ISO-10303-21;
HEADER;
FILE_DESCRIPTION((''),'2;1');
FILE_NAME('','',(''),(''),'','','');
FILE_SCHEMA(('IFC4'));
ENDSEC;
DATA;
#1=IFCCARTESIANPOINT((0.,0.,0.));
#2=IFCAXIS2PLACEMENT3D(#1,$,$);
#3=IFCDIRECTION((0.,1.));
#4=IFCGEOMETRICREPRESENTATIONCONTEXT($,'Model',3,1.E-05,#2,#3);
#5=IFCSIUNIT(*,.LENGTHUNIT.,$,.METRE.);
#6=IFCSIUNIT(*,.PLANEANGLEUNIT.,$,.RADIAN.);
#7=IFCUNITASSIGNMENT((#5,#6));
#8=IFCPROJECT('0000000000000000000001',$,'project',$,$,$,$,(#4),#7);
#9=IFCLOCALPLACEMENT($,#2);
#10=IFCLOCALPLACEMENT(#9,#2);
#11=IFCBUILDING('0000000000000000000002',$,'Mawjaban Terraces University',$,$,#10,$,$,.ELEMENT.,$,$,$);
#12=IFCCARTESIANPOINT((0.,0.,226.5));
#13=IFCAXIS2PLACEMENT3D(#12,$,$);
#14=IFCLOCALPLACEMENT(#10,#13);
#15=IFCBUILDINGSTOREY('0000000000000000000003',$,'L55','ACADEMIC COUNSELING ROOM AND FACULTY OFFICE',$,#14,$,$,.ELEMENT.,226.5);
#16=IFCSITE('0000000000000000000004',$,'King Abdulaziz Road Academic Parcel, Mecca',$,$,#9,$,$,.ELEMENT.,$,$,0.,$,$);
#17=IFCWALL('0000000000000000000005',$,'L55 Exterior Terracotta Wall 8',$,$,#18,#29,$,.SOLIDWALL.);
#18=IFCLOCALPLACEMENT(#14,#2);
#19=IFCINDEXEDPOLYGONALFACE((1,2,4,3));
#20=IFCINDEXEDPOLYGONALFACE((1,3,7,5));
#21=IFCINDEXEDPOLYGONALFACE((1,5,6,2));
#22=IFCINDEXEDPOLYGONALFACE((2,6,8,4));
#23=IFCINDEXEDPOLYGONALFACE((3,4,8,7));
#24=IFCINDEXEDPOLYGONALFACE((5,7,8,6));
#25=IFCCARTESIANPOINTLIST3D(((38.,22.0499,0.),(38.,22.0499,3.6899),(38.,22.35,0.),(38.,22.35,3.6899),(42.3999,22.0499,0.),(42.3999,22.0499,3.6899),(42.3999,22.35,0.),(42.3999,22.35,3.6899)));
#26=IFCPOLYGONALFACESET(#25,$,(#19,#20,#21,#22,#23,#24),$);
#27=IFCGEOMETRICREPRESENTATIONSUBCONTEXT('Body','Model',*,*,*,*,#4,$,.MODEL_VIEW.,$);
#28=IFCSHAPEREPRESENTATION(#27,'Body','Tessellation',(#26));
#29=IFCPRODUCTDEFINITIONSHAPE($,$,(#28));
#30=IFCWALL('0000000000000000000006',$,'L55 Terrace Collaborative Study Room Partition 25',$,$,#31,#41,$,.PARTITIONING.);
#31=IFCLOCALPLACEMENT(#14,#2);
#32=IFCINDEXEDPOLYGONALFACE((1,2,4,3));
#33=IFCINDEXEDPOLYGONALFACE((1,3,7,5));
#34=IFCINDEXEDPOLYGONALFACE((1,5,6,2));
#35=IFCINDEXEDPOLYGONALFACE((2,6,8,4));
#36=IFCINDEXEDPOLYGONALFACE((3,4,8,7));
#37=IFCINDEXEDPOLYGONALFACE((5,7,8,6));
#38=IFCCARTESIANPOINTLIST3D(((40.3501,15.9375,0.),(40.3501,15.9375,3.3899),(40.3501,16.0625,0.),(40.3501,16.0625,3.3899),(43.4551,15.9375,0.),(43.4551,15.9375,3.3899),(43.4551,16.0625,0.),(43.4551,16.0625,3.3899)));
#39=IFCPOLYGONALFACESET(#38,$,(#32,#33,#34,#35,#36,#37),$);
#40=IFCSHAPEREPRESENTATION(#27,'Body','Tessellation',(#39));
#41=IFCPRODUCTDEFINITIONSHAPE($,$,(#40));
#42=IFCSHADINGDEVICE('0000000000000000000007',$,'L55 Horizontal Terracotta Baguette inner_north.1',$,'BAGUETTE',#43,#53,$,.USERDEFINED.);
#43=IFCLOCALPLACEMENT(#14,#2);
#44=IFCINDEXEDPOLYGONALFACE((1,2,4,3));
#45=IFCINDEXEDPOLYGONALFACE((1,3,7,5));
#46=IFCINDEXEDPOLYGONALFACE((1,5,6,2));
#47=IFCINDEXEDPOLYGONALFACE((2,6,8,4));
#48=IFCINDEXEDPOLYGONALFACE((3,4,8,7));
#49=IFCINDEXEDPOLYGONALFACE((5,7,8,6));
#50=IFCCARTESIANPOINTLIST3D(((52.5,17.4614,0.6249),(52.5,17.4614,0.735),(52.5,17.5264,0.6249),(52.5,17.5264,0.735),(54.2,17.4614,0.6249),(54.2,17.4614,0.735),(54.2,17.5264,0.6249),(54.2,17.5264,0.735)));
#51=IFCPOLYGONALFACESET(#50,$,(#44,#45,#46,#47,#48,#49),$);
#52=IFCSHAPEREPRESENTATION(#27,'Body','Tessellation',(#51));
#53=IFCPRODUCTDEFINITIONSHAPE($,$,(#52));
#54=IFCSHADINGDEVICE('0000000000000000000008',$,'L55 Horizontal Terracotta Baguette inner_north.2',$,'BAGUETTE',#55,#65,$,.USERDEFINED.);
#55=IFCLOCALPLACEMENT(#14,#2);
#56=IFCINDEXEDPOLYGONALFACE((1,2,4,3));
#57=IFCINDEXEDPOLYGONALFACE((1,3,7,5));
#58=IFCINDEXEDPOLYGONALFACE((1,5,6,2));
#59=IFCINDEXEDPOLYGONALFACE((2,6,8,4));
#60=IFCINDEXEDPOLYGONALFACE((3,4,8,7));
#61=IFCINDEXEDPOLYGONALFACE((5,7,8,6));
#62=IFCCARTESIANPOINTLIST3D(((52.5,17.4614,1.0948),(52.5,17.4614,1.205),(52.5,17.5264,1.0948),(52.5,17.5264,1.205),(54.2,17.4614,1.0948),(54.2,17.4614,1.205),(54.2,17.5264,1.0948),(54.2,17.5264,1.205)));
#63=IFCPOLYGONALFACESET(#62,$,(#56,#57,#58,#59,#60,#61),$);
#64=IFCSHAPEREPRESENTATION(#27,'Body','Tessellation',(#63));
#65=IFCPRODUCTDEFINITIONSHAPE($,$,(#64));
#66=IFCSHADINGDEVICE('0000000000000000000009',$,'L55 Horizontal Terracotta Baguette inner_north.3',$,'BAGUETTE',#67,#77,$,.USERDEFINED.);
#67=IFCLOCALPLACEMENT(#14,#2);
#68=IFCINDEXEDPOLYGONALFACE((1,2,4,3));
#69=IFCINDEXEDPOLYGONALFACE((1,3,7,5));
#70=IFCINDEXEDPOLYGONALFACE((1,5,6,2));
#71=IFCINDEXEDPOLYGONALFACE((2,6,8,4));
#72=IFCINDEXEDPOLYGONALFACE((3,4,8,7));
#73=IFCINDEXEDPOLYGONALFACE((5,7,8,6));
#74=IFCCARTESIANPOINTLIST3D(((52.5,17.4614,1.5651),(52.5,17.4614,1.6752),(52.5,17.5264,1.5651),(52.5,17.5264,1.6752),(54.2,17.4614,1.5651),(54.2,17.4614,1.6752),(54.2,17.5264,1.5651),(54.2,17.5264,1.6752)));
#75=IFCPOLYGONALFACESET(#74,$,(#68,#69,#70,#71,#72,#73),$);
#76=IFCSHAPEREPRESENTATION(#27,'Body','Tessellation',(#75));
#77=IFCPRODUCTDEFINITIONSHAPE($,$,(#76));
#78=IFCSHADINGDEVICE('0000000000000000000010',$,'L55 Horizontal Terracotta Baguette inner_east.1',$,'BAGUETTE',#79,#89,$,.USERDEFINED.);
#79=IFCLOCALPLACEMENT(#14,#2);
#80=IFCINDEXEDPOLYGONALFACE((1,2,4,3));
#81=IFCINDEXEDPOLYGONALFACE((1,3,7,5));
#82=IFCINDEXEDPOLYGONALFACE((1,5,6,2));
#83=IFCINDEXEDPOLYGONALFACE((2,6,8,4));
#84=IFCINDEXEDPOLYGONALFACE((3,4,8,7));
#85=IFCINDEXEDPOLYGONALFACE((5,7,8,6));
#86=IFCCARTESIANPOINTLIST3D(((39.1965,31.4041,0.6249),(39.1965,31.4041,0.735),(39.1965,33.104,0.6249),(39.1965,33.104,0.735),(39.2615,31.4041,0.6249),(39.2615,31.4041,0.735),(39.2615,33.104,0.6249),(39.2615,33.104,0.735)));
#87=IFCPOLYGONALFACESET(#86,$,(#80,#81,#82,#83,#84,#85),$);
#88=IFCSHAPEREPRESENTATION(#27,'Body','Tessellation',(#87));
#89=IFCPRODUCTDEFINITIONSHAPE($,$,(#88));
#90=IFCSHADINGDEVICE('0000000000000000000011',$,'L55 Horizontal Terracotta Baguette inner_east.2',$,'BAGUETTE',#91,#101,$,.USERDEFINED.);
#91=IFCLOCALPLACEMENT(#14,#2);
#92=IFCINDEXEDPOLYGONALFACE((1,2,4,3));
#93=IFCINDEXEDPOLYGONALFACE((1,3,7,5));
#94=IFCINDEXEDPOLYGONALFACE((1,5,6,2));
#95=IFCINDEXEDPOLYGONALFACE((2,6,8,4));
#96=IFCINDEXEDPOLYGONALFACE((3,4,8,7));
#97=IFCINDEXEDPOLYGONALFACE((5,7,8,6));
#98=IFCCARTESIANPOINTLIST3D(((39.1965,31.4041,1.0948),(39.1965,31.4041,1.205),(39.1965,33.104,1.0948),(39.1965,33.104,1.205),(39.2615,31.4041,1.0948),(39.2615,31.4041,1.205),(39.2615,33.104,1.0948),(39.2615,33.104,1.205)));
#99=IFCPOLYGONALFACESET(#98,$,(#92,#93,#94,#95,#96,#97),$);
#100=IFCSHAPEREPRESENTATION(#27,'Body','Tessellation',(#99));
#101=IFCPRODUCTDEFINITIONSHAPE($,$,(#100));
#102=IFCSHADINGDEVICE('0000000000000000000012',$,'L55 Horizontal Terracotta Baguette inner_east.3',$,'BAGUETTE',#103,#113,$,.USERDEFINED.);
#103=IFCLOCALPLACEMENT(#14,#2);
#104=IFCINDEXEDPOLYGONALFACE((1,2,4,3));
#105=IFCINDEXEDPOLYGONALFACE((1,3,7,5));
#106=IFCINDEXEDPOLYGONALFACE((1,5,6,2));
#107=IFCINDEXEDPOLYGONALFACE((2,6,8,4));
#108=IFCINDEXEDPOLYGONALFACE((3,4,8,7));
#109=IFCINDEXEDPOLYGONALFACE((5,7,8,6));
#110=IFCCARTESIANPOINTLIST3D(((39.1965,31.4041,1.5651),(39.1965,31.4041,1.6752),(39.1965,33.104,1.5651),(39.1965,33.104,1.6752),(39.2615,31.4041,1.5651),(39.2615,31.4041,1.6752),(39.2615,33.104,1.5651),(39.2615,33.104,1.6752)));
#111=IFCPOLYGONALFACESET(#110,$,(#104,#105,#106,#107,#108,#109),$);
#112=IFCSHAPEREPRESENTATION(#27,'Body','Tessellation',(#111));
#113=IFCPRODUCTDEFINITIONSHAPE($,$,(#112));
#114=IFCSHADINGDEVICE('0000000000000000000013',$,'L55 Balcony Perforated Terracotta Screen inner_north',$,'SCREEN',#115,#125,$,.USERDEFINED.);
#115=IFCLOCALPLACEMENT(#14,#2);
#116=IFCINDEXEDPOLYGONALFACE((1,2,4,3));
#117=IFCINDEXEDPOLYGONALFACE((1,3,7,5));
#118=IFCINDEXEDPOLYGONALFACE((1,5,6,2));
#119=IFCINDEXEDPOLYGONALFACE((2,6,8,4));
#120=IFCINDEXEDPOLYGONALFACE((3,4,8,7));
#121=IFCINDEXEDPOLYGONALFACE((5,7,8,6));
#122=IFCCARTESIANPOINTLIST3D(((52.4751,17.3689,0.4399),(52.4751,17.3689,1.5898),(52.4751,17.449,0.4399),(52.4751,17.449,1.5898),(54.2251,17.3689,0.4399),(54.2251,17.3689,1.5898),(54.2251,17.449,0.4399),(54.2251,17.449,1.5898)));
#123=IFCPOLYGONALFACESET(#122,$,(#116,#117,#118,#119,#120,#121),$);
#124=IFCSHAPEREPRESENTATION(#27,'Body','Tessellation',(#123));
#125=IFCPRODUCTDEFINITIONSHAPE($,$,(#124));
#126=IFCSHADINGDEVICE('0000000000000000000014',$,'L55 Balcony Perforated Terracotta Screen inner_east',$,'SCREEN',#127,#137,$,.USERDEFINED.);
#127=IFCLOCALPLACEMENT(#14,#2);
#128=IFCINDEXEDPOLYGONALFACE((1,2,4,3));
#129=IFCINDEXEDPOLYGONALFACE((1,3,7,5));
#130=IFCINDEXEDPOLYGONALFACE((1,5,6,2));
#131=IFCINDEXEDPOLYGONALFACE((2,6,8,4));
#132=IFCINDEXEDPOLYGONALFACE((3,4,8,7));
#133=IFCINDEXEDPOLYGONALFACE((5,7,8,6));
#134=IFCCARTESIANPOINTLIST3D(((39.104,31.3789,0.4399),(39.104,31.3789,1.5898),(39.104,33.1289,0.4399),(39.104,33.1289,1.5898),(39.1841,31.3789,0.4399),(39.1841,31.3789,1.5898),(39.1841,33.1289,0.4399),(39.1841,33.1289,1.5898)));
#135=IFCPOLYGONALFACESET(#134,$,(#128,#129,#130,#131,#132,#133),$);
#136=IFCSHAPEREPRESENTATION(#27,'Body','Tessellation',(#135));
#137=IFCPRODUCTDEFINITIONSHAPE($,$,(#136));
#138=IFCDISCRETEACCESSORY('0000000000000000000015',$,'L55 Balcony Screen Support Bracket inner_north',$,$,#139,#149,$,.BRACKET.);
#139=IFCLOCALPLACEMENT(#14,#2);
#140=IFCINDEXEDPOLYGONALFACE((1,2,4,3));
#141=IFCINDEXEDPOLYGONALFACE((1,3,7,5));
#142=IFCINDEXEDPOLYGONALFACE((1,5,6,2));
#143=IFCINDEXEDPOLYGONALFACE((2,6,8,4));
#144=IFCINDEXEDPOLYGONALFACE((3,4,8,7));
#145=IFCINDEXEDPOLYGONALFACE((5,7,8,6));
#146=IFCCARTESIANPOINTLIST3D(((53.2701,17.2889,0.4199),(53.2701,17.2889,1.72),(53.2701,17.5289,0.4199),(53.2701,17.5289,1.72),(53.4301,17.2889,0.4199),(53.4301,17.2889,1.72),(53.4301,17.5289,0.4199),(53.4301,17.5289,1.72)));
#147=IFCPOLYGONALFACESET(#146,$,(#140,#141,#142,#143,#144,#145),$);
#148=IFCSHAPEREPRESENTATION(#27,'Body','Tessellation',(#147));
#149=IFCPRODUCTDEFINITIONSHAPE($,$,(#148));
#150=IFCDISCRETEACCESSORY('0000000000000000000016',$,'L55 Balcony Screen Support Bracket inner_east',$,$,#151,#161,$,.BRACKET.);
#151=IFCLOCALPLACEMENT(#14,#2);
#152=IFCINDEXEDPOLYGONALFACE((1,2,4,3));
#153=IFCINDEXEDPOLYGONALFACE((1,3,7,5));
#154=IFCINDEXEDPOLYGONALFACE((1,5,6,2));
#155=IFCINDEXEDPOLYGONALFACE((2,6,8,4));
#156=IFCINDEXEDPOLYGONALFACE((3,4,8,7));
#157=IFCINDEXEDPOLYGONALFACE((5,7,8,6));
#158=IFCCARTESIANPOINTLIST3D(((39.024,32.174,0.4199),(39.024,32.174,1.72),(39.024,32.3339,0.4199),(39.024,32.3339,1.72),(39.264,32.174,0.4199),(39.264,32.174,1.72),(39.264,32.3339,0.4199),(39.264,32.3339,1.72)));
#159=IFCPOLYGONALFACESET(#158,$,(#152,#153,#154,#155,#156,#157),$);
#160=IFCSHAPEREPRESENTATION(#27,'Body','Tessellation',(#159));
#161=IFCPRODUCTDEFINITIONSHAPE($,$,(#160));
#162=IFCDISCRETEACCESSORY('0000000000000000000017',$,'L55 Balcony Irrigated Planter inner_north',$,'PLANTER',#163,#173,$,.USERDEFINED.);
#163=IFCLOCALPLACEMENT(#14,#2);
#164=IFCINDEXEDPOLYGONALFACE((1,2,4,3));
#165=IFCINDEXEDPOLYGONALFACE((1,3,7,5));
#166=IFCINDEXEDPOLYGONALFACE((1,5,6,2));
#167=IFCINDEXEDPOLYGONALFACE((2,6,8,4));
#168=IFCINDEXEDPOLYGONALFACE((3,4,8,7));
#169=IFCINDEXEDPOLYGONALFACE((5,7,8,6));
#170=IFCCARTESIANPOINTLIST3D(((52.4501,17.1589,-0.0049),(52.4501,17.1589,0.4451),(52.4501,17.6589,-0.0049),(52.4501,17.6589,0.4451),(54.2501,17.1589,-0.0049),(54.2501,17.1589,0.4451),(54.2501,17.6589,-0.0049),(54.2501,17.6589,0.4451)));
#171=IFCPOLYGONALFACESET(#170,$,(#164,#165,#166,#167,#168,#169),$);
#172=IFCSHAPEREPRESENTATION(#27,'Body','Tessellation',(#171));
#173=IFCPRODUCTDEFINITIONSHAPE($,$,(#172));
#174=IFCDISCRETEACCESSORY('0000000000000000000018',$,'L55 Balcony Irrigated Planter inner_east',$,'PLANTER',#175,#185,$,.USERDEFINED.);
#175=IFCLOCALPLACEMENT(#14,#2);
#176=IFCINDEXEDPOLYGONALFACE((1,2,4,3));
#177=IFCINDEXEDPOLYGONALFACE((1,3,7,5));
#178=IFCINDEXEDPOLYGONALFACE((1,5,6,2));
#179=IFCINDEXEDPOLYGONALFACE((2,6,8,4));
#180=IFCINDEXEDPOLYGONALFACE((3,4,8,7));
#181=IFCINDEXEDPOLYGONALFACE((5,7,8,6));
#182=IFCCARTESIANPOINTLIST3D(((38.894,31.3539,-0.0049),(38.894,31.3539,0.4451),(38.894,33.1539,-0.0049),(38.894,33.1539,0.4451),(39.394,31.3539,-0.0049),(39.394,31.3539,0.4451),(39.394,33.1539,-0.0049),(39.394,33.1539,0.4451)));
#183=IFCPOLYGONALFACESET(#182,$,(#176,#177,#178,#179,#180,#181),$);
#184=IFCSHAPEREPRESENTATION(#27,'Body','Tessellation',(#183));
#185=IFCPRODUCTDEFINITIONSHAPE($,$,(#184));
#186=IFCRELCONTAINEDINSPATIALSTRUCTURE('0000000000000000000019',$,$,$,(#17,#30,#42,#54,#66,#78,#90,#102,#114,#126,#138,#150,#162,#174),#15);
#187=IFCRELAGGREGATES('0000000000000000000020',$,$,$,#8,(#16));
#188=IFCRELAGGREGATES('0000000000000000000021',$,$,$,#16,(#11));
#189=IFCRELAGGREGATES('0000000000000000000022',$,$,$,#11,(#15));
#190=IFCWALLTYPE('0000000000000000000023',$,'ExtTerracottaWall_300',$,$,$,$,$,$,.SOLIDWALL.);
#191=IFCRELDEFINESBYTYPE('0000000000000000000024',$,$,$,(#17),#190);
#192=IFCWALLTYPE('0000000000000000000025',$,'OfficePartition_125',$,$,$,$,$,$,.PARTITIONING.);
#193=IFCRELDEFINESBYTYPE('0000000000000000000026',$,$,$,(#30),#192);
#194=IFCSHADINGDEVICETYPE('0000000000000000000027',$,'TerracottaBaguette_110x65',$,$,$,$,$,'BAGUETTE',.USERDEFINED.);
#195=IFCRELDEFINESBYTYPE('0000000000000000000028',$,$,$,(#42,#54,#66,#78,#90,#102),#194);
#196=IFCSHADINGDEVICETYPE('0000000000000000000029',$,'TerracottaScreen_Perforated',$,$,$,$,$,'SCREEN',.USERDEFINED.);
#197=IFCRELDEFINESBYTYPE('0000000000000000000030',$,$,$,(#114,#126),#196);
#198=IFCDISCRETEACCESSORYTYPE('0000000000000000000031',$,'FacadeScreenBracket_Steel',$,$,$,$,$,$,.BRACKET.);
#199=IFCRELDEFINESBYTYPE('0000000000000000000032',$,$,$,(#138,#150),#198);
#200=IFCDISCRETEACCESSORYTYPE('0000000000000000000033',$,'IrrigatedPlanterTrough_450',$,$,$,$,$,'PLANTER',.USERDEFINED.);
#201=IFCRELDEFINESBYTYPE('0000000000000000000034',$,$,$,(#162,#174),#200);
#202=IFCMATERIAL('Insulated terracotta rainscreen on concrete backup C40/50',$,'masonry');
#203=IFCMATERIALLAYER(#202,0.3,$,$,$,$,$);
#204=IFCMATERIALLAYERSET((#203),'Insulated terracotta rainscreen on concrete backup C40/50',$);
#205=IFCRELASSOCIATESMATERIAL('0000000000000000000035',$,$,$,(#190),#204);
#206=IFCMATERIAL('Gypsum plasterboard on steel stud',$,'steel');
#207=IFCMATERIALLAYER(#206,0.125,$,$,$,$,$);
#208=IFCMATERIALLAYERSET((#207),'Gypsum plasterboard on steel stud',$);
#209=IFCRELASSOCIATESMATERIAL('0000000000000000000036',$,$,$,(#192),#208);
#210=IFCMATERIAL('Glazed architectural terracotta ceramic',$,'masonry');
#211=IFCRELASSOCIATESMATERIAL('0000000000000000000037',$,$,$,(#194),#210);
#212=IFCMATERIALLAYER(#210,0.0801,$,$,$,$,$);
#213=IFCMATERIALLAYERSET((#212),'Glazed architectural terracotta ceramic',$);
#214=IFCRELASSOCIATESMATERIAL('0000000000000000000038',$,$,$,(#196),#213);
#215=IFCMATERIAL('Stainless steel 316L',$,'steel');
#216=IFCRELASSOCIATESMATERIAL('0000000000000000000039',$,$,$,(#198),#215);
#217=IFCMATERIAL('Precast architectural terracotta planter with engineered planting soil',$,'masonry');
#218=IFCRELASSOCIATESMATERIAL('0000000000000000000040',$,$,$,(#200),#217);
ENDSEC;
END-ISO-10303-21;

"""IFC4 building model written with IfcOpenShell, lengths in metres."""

from ifc_helpers import new_model, si_unit, direction, frame, frame_2d, origin, origin_2d, place, context, subcontext, project, spatial, rectangle, extrude, material, layer, layer_set, material_profile, profile_set, type_object, element, save


model = new_model("IFC4")

# Units and contexts
model_context = context("Model", 3, precision=1e-05, world=origin(), true_north=direction((0.0, 1.0)))
body_context = subcontext(model_context, "Body", "Model", "MODEL_VIEW")
ifc_project = project(units=[si_unit("LENGTHUNIT", "METRE"), si_unit("PLANEANGLEUNIT", "RADIAN")], contexts=[model_context])

# Site, building, storey
site_placement = place(None, origin())
site = spatial("IfcSite", under=ifc_project, at=site_placement, Name="King Abdulaziz Road Academic Parcel, Mecca", CompositionType="ELEMENT", RefElevation=0.0)
building_placement = place(site_placement, origin())
building = spatial("IfcBuilding", under=site, at=building_placement, Name="Mawjaban Terraces University", CompositionType="ELEMENT")
storey_placement = place(building_placement, frame((0.0, 0.0, 226.5)))
storey = spatial("IfcBuildingStorey", under=building, at=storey_placement, Name="L55", Description="ACADEMIC COUNSELING ROOM AND FACULTY OFFICE", CompositionType="ELEMENT", Elevation=226.5)

# Shared definitions
ifc_material_1 = material(Name="Insulated terracotta rainscreen on concrete backup C40/50", Category="masonry")
ifc_layer_1 = layer(ifc_material_1, 0.3)
ifc_layer_set_1 = layer_set([ifc_layer_1], Name="Insulated terracotta rainscreen on concrete backup C40/50")
wall_type_1 = type_object("IfcWallType", Name="ExtTerracottaWall_300", PredefinedType="SOLIDWALL", material=ifc_layer_set_1)

# Walls
wall_1_placement = place(storey_placement, frame((42.3999, 22.2, 0.0), z_axis=(0.0, 0.0, 1.0), x_axis=(-1.0, 0.0, 0.0)))
element("IfcWall", 1, at=wall_1_placement, inside=storey, type_object=wall_type_1, Name="L55 Exterior Terracotta Wall 8", PredefinedType="SOLIDWALL", context=body_context, shape_type="SweptSolid", body=[
    extrude(rectangle(XDim=4.3999, YDim=0.3, at=frame_2d((2.2, 0.0))), origin(), (0.0, 0.0, 1.0), 3.6899),
])
ifc_material_2 = material(Name="Gypsum plasterboard on steel stud", Category="steel")
ifc_layer_2 = layer(ifc_material_2, 0.125)
ifc_layer_set_2 = layer_set([ifc_layer_2], Name="Gypsum plasterboard on steel stud")
wall_type_2 = type_object("IfcWallType", Name="OfficePartition_125", PredefinedType="PARTITIONING", material=ifc_layer_set_2)
wall_2_placement = place(storey_placement, frame((40.3501, 16.0, 0.0), z_axis=(0.0, 0.0, 1.0), x_axis=(1.0, 0.0, 0.0)))
element("IfcWall", 2, at=wall_2_placement, inside=storey, type_object=wall_type_2, Name="L55 Terrace Collaborative Study Room Partition 25", PredefinedType="PARTITIONING", context=body_context, shape_type="SweptSolid", body=[
    extrude(rectangle(XDim=3.105, YDim=0.125, at=frame_2d((1.5525, 0.0))), origin(), (0.0, 0.0, 1.0), 3.3899),
])

# Shading devices
ifc_material_3 = material(Name="Glazed architectural terracotta ceramic", Category="masonry")
ifc_material_profile_1 = material_profile(ifc_material_3, rectangle(XDim=0.0649, YDim=0.1101, at=origin_2d()), Name="TBAG110X65")
ifc_profile_set_1 = profile_set([ifc_material_profile_1], Name="Glazed architectural terracotta ceramic")
shading_device_type_1 = type_object("IfcShadingDeviceType", Name="TerracottaBaguette_110x65", ElementType="BAGUETTE", PredefinedType="USERDEFINED", material=ifc_profile_set_1)
for number, where, z_axis, x_axis, name in (
    (3, (52.5, 17.4939, 0.6799), (1.0, 0.0, 0.0), (0.0, 1.0, 0.0), "L55 Horizontal Terracotta Baguette inner_north.1"),
    (4, (52.5, 17.4939, 1.1499), (1.0, 0.0, 0.0), (0.0, 1.0, 0.0), "L55 Horizontal Terracotta Baguette inner_north.2"),
    (5, (52.5, 17.4939, 1.6201), (1.0, 0.0, 0.0), (0.0, 1.0, 0.0), "L55 Horizontal Terracotta Baguette inner_north.3"),
    (6, (39.229, 31.4041, 0.6799), (0.0, 1.0, 0.0), (-1.0, 0.0, 0.0), "L55 Horizontal Terracotta Baguette inner_east.1"),
    (7, (39.229, 31.4041, 1.1499), (0.0, 1.0, 0.0), (-1.0, 0.0, 0.0), "L55 Horizontal Terracotta Baguette inner_east.2"),
    (8, (39.229, 31.4041, 1.6201), (0.0, 1.0, 0.0), (-1.0, 0.0, 0.0), "L55 Horizontal Terracotta Baguette inner_east.3"),
):
    element("IfcShadingDevice", number, at=place(storey_placement, frame(where, z_axis=z_axis, x_axis=x_axis)), inside=storey, type_object=shading_device_type_1, Name=name, ObjectType="BAGUETTE", PredefinedType="USERDEFINED", context=body_context, shape_type="SweptSolid", body=[
        extrude(rectangle(XDim=0.0649, YDim=0.1101, at=origin_2d()), origin(), (0.0, 0.0, 1.0), 1.7),
    ])
ifc_layer_3 = layer(ifc_material_3, 0.0801)
ifc_layer_set_3 = layer_set([ifc_layer_3], Name="Glazed architectural terracotta ceramic")
shading_device_type_2 = type_object("IfcShadingDeviceType", Name="TerracottaScreen_Perforated", ElementType="SCREEN", PredefinedType="USERDEFINED", material=ifc_layer_set_3)
for number, where, z_axis, x_axis, name in (
    (9, (53.3501, 17.4089, 0.4399), (0.0, 0.0, 1.0), (1.0, 0.0, 0.0), "L55 Balcony Perforated Terracotta Screen inner_north"),
    (10, (39.144, 32.2539, 0.4399), (0.0, 0.0, 1.0), (0.0, 1.0, 0.0), "L55 Balcony Perforated Terracotta Screen inner_east"),
):
    element("IfcShadingDevice", number, at=place(storey_placement, frame(where, z_axis=z_axis, x_axis=x_axis)), inside=storey, type_object=shading_device_type_2, Name=name, ObjectType="SCREEN", PredefinedType="USERDEFINED", context=body_context, shape_type="SweptSolid", body=[
        extrude(rectangle(XDim=1.75, YDim=0.0801, at=origin_2d()), origin(), (0.0, 0.0, 1.0), 1.1499),
    ])

# Discrete accessories
ifc_material_4 = material(Name="Stainless steel 316L", Category="steel")
discrete_accessory_type_1 = type_object("IfcDiscreteAccessoryType", Name="FacadeScreenBracket_Steel", PredefinedType="BRACKET", material=ifc_material_4)
for number, where, z_axis, x_axis, name in (
    (11, (53.3501, 17.4089, 0.4199), (0.0, 0.0, 1.0), (1.0, 0.0, 0.0), "L55 Balcony Screen Support Bracket inner_north"),
    (12, (39.144, 32.2539, 0.4199), (0.0, 0.0, 1.0), (0.0, 1.0, 0.0), "L55 Balcony Screen Support Bracket inner_east"),
):
    element("IfcDiscreteAccessory", number, at=place(storey_placement, frame(where, z_axis=z_axis, x_axis=x_axis)), inside=storey, type_object=discrete_accessory_type_1, Name=name, PredefinedType="BRACKET", context=body_context, shape_type="SweptSolid", body=[
        extrude(rectangle(XDim=0.1599, YDim=0.24, at=origin_2d()), origin(), (0.0, 0.0, 1.0), 1.3),
    ])
ifc_material_5 = material(Name="Precast architectural terracotta planter with engineered planting soil", Category="masonry")
discrete_accessory_type_2 = type_object("IfcDiscreteAccessoryType", Name="IrrigatedPlanterTrough_450", ElementType="PLANTER", PredefinedType="USERDEFINED", material=ifc_material_5)
for number, where, z_axis, x_axis, name in (
    (13, (53.3501, 17.4089, -0.0049), (0.0, 0.0, 1.0), (1.0, 0.0, 0.0), "L55 Balcony Irrigated Planter inner_north"),
    (14, (39.144, 32.2539, -0.0049), (0.0, 0.0, 1.0), (0.0, 1.0, 0.0), "L55 Balcony Irrigated Planter inner_east"),
):
    element("IfcDiscreteAccessory", number, at=place(storey_placement, frame(where, z_axis=z_axis, x_axis=x_axis)), inside=storey, type_object=discrete_accessory_type_2, Name=name, ObjectType="PLANTER", PredefinedType="USERDEFINED", context=body_context, shape_type="SweptSolid", body=[
        extrude(rectangle(XDim=1.8, YDim=0.5, at=origin_2d()), origin(), (0.0, 0.0, 1.0), 0.45),
    ])

save(model, "model.ifc")
